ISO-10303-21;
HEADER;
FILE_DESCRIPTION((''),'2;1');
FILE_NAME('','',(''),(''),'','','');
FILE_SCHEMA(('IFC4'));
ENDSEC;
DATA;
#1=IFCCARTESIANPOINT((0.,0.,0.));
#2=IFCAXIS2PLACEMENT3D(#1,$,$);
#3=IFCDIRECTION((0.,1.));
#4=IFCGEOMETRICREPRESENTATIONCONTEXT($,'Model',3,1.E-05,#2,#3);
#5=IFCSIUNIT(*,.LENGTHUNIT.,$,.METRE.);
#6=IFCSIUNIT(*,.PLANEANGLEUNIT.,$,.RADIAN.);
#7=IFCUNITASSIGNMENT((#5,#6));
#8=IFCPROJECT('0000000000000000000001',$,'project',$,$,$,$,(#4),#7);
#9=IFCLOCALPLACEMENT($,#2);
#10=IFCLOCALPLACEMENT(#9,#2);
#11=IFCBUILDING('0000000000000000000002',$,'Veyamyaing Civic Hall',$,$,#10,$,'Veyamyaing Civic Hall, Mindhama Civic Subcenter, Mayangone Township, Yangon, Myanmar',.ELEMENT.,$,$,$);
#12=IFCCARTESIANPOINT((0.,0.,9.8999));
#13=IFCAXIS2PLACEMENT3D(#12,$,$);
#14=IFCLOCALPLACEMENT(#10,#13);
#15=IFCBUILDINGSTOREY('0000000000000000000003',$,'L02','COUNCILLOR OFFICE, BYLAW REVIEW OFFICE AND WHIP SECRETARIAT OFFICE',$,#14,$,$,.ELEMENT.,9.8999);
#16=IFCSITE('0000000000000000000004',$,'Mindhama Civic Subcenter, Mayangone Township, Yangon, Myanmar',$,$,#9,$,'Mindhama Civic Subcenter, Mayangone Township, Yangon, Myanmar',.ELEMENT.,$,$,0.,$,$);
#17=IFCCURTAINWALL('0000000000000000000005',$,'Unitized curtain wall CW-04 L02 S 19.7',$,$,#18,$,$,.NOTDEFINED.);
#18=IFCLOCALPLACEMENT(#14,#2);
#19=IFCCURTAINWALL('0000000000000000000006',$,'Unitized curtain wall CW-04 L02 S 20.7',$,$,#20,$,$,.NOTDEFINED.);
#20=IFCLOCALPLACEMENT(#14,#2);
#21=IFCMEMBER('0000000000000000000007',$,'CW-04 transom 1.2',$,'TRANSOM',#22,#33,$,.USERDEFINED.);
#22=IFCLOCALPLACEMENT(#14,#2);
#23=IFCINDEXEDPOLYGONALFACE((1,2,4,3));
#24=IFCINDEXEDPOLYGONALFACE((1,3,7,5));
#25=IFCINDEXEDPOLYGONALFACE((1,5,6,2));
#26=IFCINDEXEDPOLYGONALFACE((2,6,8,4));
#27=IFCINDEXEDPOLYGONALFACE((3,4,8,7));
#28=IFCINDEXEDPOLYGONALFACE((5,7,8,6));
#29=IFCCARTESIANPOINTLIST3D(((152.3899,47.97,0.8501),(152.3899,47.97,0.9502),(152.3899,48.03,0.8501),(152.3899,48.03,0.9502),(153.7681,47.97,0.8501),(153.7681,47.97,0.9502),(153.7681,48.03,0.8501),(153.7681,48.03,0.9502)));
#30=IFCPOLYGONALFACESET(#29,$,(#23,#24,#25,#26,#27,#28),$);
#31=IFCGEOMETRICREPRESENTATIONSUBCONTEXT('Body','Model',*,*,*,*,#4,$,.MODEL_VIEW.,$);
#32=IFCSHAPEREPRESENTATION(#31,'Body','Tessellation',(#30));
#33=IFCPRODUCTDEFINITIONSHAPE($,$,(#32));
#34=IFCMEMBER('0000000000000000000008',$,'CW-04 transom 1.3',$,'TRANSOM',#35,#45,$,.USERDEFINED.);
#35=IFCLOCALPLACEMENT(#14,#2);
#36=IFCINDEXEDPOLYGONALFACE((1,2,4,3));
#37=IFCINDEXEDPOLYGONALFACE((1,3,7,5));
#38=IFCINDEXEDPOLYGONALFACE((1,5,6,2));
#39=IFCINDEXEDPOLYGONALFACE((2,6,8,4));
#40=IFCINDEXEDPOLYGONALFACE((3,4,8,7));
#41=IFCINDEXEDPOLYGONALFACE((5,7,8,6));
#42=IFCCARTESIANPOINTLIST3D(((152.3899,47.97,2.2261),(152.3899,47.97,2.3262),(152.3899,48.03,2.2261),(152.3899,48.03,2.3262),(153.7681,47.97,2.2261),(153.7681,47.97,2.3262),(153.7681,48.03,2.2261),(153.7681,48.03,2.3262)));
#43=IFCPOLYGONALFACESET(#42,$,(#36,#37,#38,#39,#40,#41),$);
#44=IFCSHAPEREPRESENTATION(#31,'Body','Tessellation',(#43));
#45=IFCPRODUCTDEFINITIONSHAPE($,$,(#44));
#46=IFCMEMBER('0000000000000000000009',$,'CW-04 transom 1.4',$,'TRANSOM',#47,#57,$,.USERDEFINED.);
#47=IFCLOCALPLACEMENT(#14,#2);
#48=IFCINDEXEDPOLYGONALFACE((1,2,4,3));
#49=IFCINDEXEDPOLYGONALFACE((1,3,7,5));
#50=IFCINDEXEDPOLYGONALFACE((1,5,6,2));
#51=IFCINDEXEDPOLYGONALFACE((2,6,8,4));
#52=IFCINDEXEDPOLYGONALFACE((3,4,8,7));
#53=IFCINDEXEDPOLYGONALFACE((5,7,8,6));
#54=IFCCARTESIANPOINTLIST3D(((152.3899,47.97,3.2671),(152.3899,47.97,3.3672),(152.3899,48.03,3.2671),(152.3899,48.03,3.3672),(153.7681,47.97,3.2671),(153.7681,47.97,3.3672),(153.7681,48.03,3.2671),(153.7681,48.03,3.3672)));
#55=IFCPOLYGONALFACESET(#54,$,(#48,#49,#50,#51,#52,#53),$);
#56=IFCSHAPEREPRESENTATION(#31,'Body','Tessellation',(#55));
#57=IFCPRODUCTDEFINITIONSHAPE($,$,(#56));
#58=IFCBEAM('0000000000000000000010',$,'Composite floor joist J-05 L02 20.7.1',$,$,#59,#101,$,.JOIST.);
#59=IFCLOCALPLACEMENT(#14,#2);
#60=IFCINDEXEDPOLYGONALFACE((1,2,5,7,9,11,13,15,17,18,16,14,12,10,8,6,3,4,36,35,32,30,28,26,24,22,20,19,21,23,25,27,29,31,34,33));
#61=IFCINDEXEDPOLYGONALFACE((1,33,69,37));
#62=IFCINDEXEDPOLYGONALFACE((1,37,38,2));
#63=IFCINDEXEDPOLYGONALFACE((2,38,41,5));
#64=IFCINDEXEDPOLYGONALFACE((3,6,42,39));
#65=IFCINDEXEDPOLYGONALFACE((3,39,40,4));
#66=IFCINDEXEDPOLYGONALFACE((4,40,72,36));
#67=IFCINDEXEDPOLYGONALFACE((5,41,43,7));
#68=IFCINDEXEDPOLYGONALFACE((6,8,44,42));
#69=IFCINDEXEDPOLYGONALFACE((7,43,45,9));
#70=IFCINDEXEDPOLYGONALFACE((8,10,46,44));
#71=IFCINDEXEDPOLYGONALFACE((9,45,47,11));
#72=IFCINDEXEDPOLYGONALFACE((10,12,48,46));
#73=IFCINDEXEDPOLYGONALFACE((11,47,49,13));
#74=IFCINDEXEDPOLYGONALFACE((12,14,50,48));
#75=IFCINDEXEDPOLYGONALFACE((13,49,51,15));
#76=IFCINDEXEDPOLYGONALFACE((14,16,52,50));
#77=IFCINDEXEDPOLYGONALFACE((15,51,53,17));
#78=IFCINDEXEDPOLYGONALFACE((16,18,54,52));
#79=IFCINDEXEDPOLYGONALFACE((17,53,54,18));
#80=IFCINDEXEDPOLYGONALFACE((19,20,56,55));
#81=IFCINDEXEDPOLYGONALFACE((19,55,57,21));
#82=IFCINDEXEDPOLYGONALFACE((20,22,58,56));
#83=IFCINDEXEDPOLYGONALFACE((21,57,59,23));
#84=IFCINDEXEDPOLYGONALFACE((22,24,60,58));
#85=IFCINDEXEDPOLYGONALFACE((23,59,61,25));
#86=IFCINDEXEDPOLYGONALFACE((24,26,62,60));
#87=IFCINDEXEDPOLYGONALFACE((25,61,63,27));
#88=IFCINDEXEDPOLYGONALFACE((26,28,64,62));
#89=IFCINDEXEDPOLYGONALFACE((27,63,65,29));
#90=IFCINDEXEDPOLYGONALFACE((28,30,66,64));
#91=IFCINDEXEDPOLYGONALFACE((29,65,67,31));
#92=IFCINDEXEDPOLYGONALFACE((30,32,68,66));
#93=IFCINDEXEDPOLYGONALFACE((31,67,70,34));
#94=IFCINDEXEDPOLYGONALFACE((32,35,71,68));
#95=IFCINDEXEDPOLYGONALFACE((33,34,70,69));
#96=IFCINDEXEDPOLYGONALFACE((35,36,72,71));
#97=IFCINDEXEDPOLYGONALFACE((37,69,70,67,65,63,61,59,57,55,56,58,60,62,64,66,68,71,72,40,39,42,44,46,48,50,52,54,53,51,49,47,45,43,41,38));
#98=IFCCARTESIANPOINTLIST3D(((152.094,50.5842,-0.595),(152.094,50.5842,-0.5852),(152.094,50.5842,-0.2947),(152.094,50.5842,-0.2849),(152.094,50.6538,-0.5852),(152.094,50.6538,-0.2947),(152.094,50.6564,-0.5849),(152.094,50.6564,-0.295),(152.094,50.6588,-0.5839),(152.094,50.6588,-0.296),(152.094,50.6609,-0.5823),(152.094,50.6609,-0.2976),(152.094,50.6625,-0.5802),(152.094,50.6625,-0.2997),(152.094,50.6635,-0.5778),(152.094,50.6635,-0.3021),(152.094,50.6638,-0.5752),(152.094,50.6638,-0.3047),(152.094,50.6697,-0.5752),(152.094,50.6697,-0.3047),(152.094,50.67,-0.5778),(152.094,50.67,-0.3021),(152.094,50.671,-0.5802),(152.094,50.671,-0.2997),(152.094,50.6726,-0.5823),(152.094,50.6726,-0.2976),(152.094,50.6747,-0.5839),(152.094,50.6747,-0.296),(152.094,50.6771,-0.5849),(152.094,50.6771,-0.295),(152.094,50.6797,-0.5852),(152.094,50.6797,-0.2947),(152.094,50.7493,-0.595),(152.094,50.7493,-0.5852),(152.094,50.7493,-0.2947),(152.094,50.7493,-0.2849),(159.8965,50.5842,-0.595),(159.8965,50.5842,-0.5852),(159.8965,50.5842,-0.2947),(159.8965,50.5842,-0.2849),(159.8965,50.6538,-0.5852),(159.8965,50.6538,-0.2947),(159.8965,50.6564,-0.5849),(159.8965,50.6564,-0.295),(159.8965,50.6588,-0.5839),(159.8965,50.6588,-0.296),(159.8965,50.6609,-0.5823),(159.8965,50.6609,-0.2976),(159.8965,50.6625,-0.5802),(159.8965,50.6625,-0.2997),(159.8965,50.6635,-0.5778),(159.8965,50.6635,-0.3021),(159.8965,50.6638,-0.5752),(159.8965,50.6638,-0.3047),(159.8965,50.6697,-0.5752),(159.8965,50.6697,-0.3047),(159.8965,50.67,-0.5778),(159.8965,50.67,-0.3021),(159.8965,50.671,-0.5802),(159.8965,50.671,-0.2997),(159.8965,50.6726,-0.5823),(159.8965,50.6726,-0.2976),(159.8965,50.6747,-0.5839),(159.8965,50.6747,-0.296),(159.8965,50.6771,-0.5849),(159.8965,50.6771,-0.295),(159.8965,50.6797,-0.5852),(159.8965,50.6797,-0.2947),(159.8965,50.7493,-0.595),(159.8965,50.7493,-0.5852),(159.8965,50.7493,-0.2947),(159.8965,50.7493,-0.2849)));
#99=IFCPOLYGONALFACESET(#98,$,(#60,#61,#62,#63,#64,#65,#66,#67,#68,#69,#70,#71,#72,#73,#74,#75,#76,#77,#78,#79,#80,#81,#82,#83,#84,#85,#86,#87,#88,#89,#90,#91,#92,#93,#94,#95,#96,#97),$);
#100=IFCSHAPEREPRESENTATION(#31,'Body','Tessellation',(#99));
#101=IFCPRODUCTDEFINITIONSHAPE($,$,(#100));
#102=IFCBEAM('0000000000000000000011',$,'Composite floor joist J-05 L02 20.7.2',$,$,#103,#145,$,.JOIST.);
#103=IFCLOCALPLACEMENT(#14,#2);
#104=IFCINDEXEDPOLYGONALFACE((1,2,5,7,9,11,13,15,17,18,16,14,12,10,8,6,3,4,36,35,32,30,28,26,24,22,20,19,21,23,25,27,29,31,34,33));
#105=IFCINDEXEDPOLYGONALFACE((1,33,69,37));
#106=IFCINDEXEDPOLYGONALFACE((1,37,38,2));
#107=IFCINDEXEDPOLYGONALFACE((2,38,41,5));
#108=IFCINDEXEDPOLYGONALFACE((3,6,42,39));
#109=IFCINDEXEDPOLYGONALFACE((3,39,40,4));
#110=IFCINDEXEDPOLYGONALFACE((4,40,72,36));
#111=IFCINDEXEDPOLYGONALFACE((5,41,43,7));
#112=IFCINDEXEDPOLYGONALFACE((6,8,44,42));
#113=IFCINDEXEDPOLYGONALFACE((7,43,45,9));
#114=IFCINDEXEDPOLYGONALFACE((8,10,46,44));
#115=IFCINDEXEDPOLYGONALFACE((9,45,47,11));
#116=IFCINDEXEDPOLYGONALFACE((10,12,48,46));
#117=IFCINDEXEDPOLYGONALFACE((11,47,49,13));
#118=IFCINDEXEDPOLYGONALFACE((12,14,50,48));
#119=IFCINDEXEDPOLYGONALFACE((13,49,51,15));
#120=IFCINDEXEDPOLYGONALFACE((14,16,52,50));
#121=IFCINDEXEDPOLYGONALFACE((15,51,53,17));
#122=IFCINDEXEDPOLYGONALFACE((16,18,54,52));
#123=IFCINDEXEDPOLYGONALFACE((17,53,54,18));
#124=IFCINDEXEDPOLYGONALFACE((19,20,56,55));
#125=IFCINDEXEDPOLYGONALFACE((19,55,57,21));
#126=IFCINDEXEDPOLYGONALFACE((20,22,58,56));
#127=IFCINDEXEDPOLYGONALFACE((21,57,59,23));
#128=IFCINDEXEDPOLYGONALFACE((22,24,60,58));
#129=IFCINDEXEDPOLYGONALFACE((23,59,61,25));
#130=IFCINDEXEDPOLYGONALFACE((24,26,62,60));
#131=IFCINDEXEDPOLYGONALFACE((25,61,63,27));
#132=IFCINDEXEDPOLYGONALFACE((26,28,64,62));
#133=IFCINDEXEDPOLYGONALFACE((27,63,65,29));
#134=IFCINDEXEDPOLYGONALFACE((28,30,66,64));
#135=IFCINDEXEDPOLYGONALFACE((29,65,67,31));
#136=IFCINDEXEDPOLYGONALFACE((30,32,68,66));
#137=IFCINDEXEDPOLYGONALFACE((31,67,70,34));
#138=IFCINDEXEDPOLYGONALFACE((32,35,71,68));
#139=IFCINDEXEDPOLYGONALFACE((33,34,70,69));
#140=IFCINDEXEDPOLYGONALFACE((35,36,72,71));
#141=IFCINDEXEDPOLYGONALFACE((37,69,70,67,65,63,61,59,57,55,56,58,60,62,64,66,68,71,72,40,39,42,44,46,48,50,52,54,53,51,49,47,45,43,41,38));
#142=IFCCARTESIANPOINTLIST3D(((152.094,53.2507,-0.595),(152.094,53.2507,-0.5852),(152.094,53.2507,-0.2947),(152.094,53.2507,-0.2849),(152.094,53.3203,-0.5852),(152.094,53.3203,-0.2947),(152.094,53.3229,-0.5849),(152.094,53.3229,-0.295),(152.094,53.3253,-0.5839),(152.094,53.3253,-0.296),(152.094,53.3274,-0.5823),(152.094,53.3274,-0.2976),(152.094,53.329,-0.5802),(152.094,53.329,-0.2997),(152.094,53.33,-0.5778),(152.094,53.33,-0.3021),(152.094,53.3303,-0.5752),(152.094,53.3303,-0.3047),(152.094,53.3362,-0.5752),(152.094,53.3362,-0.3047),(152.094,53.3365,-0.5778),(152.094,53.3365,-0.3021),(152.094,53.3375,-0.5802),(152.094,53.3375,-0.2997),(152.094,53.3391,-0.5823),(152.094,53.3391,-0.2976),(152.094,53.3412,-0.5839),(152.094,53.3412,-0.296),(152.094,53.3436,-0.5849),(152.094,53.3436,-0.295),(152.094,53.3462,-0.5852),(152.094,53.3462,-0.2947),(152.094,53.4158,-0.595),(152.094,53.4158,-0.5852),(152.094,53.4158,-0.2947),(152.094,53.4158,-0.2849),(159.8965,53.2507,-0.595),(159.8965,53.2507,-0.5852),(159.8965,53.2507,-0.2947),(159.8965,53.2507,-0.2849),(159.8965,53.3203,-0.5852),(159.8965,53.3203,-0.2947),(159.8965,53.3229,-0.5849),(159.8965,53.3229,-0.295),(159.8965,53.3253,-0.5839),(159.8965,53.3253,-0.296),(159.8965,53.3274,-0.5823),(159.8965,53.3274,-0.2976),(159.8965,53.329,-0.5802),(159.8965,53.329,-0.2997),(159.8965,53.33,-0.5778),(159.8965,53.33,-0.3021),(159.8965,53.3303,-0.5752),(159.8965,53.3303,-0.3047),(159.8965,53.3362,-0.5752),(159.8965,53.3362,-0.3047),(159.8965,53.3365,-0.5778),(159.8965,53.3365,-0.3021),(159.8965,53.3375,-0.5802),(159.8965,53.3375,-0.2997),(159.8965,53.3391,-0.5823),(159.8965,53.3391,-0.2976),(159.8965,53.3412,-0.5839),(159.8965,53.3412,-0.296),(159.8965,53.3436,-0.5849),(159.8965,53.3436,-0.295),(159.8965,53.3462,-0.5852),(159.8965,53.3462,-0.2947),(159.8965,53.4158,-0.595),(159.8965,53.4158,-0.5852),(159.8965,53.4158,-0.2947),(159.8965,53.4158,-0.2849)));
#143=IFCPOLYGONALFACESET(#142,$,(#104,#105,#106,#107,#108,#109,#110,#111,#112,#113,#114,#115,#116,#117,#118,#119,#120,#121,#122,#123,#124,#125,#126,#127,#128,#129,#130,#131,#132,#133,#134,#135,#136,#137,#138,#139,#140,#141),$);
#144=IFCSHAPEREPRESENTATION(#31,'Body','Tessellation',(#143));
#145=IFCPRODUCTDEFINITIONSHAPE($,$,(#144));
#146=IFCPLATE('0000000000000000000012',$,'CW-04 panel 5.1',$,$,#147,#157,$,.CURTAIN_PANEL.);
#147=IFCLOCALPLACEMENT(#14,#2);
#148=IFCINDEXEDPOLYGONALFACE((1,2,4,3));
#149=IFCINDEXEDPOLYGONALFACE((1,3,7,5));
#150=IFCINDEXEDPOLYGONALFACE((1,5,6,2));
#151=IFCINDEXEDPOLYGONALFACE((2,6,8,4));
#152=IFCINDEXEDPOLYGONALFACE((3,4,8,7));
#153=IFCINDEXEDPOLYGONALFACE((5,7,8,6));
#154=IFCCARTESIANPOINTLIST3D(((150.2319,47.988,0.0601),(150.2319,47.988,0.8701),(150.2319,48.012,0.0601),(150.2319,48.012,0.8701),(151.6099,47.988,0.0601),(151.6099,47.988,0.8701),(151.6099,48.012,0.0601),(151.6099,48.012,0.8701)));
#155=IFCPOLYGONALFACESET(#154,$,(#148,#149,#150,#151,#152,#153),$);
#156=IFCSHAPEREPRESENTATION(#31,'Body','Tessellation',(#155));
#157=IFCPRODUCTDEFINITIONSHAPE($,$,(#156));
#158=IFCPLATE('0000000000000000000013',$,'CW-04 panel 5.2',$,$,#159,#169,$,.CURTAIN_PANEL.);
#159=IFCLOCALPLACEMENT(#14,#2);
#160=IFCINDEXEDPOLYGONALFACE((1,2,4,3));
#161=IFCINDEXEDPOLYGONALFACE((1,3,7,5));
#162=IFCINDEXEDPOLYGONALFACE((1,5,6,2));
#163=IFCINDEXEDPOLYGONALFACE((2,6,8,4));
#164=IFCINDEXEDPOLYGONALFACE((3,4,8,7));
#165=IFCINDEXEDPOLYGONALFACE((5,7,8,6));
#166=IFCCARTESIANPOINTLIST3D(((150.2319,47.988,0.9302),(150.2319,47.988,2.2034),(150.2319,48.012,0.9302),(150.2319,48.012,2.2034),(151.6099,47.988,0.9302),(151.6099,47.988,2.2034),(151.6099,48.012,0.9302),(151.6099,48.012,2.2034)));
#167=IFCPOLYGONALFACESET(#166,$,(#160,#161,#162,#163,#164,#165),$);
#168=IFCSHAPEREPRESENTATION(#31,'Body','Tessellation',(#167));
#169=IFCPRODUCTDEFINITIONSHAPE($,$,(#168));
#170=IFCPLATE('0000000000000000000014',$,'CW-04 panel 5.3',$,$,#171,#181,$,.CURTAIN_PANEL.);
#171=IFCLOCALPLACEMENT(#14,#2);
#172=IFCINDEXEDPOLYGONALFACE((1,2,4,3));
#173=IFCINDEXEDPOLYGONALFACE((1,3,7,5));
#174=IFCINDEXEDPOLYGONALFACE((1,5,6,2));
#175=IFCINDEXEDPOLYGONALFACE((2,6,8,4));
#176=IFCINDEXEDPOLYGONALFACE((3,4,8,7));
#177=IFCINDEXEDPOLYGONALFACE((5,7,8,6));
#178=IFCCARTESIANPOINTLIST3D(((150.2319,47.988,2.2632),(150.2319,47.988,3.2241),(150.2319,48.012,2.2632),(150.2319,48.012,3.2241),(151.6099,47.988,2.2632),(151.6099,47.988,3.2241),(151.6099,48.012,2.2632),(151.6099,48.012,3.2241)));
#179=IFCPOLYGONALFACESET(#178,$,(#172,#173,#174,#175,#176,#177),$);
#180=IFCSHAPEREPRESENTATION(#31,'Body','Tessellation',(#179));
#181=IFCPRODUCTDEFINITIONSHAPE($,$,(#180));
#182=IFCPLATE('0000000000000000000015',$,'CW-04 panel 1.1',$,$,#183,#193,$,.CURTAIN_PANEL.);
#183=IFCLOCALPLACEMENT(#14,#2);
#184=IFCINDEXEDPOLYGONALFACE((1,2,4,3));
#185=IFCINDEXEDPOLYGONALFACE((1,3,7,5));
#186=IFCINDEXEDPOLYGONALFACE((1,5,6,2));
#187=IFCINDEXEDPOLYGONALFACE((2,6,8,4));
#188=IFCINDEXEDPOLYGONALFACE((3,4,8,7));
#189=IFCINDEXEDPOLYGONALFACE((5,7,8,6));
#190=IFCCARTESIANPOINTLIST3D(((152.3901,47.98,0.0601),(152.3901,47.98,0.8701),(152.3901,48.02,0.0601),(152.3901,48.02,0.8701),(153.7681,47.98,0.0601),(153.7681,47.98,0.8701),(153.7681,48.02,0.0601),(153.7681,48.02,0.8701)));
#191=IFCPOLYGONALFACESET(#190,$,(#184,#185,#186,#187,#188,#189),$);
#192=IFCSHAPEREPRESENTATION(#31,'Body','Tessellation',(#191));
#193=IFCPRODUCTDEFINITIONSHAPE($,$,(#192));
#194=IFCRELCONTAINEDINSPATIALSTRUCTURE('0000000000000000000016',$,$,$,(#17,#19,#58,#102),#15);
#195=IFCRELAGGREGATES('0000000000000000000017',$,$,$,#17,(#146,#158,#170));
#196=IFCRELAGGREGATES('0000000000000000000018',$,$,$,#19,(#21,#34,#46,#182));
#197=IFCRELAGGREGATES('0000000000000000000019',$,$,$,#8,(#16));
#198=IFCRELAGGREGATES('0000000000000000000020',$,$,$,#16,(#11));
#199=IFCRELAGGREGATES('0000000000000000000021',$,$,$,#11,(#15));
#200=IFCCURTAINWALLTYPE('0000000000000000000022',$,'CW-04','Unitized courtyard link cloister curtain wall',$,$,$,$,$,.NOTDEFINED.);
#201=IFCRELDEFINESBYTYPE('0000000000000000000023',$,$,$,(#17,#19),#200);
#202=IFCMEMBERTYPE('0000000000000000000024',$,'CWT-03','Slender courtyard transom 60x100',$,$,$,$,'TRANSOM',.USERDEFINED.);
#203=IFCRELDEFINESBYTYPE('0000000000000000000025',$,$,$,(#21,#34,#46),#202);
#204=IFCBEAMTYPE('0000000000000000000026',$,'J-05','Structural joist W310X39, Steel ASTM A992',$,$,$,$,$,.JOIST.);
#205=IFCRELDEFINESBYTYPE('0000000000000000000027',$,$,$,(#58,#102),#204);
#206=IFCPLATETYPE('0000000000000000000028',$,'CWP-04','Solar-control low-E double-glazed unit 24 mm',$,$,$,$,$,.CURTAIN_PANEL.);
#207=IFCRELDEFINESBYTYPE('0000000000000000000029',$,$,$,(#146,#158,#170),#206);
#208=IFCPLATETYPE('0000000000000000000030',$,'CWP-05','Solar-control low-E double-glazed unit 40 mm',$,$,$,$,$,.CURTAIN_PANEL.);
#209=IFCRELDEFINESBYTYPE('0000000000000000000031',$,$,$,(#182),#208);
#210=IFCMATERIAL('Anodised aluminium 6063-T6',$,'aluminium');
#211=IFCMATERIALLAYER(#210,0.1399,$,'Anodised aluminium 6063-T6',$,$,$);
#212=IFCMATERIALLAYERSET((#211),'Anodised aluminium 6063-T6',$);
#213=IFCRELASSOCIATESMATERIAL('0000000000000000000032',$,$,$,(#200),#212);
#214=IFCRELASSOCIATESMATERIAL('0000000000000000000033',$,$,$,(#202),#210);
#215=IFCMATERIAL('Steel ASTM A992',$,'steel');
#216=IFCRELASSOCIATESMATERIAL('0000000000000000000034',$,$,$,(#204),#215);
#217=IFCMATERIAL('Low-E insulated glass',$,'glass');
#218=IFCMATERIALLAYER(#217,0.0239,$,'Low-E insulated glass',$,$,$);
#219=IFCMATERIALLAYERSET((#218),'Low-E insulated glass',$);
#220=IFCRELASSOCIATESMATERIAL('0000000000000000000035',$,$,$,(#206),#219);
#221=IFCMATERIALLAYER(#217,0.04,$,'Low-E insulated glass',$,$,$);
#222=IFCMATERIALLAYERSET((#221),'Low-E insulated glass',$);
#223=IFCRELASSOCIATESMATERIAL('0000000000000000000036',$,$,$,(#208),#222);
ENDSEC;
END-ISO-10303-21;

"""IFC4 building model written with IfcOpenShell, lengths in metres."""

from ifc_helpers import new_model, si_unit, direction, frame, origin, origin_2d, place, context, subcontext, project, spatial, rectangle, i_section, extrude, material, layer, layer_set, material_profile, profile_set, type_object, element, aggregate, save


model = new_model("IFC4")

# Units and contexts
model_context = context("Model", 3, precision=1e-05, world=origin(), true_north=direction((0.0, 1.0)))
body_context = subcontext(model_context, "Body", "Model", "MODEL_VIEW")
ifc_project = project(units=[si_unit("LENGTHUNIT", "METRE"), si_unit("PLANEANGLEUNIT", "RADIAN")], contexts=[model_context])

# Site, building, storey
site_placement = place(None, origin())
site = spatial("IfcSite", under=ifc_project, at=site_placement, Name="Mindhama Civic Subcenter, Mayangone Township, Yangon, Myanmar", LongName="Mindhama Civic Subcenter, Mayangone Township, Yangon, Myanmar", CompositionType="ELEMENT", RefElevation=0.0)
building_placement = place(site_placement, origin())
building = spatial("IfcBuilding", under=site, at=building_placement, Name="Veyamyaing Civic Hall", LongName="Veyamyaing Civic Hall, Mindhama Civic Subcenter, Mayangone Township, Yangon, Myanmar", CompositionType="ELEMENT")
storey_placement = place(building_placement, frame((0.0, 0.0, 9.8999)))
storey = spatial("IfcBuildingStorey", under=building, at=storey_placement, Name="L02", Description="COUNCILLOR OFFICE, BYLAW REVIEW OFFICE AND WHIP SECRETARIAT OFFICE", CompositionType="ELEMENT", Elevation=9.8999)

# Shared definitions
ifc_material_1 = material(Name="Steel ASTM A992", Category="steel")

# Curtain walls
ifc_material_2 = material(Name="Anodised aluminium 6063-T6", Category="aluminium")
ifc_layer_1 = layer(ifc_material_2, 0.1399, Name="Anodised aluminium 6063-T6")
ifc_layer_set_1 = layer_set([ifc_layer_1], Name="Anodised aluminium 6063-T6")
curtain_wall_type = type_object("IfcCurtainWallType", Name="CW-04", Description="Unitized courtyard link cloister curtain wall", PredefinedType="NOTDEFINED", material=ifc_layer_set_1)
curtain_wall_1_placement = place(storey_placement, origin())
curtain_wall_1 = element("IfcCurtainWall", 1, at=curtain_wall_1_placement, inside=storey, type_object=curtain_wall_type, Name="Unitized curtain wall CW-04 L02 S 19.7", PredefinedType="NOTDEFINED")
curtain_wall_2_placement = place(storey_placement, origin())
curtain_wall_2 = element("IfcCurtainWall", 2, at=curtain_wall_2_placement, inside=storey, type_object=curtain_wall_type, Name="Unitized curtain wall CW-04 L02 S 20.7", PredefinedType="NOTDEFINED")

# Members
ifc_material_profile_1 = material_profile(ifc_material_2, rectangle(XDim=0.0601, YDim=0.1001, at=origin_2d()), Name="ALU-TRN-60X100")
ifc_profile_set_1 = profile_set([ifc_material_profile_1], Name="Anodised aluminium 6063-T6")
member_type_1 = type_object("IfcMemberType", Name="CWT-03", Description="Slender courtyard transom 60x100", ElementType="TRANSOM", PredefinedType="USERDEFINED", material=ifc_profile_set_1)
member_1_placement = place(storey_placement, frame((152.3899, 48.0, 0.9001), z_axis=(1.0, 0.0, 0.0), x_axis=(0.0, 1.0, 0.0)))
member_1 = element("IfcMember", 3, at=member_1_placement, type_object=member_type_1, Name="CW-04 transom 1.2", ObjectType="TRANSOM", PredefinedType="USERDEFINED", context=body_context, shape_type="SweptSolid", body=[
    extrude(rectangle(XDim=0.0601, YDim=0.1001, at=origin_2d()), origin(), (0.0, 0.0, 1.0), 1.3782),
])
member_2_placement = place(storey_placement, frame((152.3899, 48.0, 2.2761), z_axis=(1.0, 0.0, 0.0), x_axis=(0.0, 1.0, 0.0)))
member_2 = element("IfcMember", 4, at=member_2_placement, type_object=member_type_1, Name="CW-04 transom 1.3", ObjectType="TRANSOM", PredefinedType="USERDEFINED", context=body_context, shape_type="SweptSolid", body=[
    extrude(rectangle(XDim=0.0601, YDim=0.1001, at=origin_2d()), origin(), (0.0, 0.0, 1.0), 1.3782),
])
member_3_placement = place(storey_placement, frame((152.3899, 48.0, 3.3171), z_axis=(1.0, 0.0, 0.0), x_axis=(0.0, 1.0, 0.0)))
member_3 = element("IfcMember", 5, at=member_3_placement, type_object=member_type_1, Name="CW-04 transom 1.4", ObjectType="TRANSOM", PredefinedType="USERDEFINED", context=body_context, shape_type="SweptSolid", body=[
    extrude(rectangle(XDim=0.0601, YDim=0.1001, at=origin_2d()), origin(), (0.0, 0.0, 1.0), 1.3782),
])

# Beams
ifc_material_profile_2 = material_profile(ifc_material_1, i_section(OverallWidth=0.165, OverallDepth=0.3101, WebThickness=0.0059, FlangeThickness=0.0098, FilletRadius=0.01, at=origin_2d()), Name="W310X39")
ifc_profile_set_2 = profile_set([ifc_material_profile_2], Name="Steel ASTM A992")
beam_type_1 = type_object("IfcBeamType", Name="J-05", Description="Structural joist W310X39, Steel ASTM A992", PredefinedType="JOIST", material=ifc_profile_set_2)
for number, where, z_axis, x_axis, name in (
    (6, (152.094, 50.6667, -0.4399), (1.0, 0.0, 0.0), (0.0, 1.0, 0.0), "Composite floor joist J-05 L02 20.7.1"),
    (7, (152.094, 53.3333, -0.4399), (1.0, 0.0, 0.0), (0.0, 1.0, 0.0), "Composite floor joist J-05 L02 20.7.2"),
):
    element("IfcBeam", number, at=place(storey_placement, frame(where, z_axis=z_axis, x_axis=x_axis)), inside=storey, type_object=beam_type_1, Name=name, PredefinedType="JOIST", context=body_context, shape_type="SweptSolid", body=[
        extrude(i_section(OverallWidth=0.165, OverallDepth=0.3101, WebThickness=0.0059, FlangeThickness=0.0098, FilletRadius=0.01, at=origin_2d()), origin(), (0.0, 0.0, 1.0), 7.8025),
    ])

# Plates
ifc_material_3 = material(Name="Low-E insulated glass", Category="glass")
ifc_layer_2 = layer(ifc_material_3, 0.0239, Name="Low-E insulated glass")
ifc_layer_set_2 = layer_set([ifc_layer_2], Name="Low-E insulated glass")
plate_type_1 = type_object("IfcPlateType", Name="CWP-04", Description="Solar-control low-E double-glazed unit 24 mm", PredefinedType="CURTAIN_PANEL", material=ifc_layer_set_2)
plate_1_placement = place(storey_placement, frame((150.9209, 48.0, 0.0601), z_axis=(0.0, 0.0, 1.0), x_axis=(1.0, 0.0, 0.0)))
plate_1 = element("IfcPlate", 8, at=plate_1_placement, type_object=plate_type_1, Name="CW-04 panel 5.1", PredefinedType="CURTAIN_PANEL", context=body_context, shape_type="SweptSolid", body=[
    extrude(rectangle(XDim=1.3779, YDim=0.0239, at=origin_2d()), origin(), (0.0, 0.0, 1.0), 0.8101),
])
plate_2_placement = place(storey_placement, frame((150.9209, 48.0, 0.9302), z_axis=(0.0, 0.0, 1.0), x_axis=(1.0, 0.0, 0.0)))
plate_2 = element("IfcPlate", 9, at=plate_2_placement, type_object=plate_type_1, Name="CW-04 panel 5.2", PredefinedType="CURTAIN_PANEL", context=body_context, shape_type="SweptSolid", body=[
    extrude(rectangle(XDim=1.3779, YDim=0.0239, at=origin_2d()), origin(), (0.0, 0.0, 1.0), 1.2732),
])
plate_3_placement = place(storey_placement, frame((150.9209, 48.0, 2.2632), z_axis=(0.0, 0.0, 1.0), x_axis=(1.0, 0.0, 0.0)))
plate_3 = element("IfcPlate", 10, at=plate_3_placement, type_object=plate_type_1, Name="CW-04 panel 5.3", PredefinedType="CURTAIN_PANEL", context=body_context, shape_type="SweptSolid", body=[
    extrude(rectangle(XDim=1.3779, YDim=0.0239, at=origin_2d()), origin(), (0.0, 0.0, 1.0), 0.9609),
])
aggregate(curtain_wall_1, [plate_1, plate_2, plate_3])
ifc_layer_3 = layer(ifc_material_3, 0.04, Name="Low-E insulated glass")
ifc_layer_set_3 = layer_set([ifc_layer_3], Name="Low-E insulated glass")
plate_type_2 = type_object("IfcPlateType", Name="CWP-05", Description="Solar-control low-E double-glazed unit 40 mm", PredefinedType="CURTAIN_PANEL", material=ifc_layer_set_3)
plate_4_placement = place(storey_placement, frame((153.0791, 48.0, 0.0601), z_axis=(0.0, 0.0, 1.0), x_axis=(1.0, 0.0, 0.0)))
plate_4 = element("IfcPlate", 11, at=plate_4_placement, type_object=plate_type_2, Name="CW-04 panel 1.1", PredefinedType="CURTAIN_PANEL", context=body_context, shape_type="SweptSolid", body=[
    extrude(rectangle(XDim=1.3779, YDim=0.04, at=origin_2d()), origin(), (0.0, 0.0, 1.0), 0.8101),
])
aggregate(curtain_wall_2, [member_1, member_2, member_3, plate_4])

save(model, "model.ifc")
